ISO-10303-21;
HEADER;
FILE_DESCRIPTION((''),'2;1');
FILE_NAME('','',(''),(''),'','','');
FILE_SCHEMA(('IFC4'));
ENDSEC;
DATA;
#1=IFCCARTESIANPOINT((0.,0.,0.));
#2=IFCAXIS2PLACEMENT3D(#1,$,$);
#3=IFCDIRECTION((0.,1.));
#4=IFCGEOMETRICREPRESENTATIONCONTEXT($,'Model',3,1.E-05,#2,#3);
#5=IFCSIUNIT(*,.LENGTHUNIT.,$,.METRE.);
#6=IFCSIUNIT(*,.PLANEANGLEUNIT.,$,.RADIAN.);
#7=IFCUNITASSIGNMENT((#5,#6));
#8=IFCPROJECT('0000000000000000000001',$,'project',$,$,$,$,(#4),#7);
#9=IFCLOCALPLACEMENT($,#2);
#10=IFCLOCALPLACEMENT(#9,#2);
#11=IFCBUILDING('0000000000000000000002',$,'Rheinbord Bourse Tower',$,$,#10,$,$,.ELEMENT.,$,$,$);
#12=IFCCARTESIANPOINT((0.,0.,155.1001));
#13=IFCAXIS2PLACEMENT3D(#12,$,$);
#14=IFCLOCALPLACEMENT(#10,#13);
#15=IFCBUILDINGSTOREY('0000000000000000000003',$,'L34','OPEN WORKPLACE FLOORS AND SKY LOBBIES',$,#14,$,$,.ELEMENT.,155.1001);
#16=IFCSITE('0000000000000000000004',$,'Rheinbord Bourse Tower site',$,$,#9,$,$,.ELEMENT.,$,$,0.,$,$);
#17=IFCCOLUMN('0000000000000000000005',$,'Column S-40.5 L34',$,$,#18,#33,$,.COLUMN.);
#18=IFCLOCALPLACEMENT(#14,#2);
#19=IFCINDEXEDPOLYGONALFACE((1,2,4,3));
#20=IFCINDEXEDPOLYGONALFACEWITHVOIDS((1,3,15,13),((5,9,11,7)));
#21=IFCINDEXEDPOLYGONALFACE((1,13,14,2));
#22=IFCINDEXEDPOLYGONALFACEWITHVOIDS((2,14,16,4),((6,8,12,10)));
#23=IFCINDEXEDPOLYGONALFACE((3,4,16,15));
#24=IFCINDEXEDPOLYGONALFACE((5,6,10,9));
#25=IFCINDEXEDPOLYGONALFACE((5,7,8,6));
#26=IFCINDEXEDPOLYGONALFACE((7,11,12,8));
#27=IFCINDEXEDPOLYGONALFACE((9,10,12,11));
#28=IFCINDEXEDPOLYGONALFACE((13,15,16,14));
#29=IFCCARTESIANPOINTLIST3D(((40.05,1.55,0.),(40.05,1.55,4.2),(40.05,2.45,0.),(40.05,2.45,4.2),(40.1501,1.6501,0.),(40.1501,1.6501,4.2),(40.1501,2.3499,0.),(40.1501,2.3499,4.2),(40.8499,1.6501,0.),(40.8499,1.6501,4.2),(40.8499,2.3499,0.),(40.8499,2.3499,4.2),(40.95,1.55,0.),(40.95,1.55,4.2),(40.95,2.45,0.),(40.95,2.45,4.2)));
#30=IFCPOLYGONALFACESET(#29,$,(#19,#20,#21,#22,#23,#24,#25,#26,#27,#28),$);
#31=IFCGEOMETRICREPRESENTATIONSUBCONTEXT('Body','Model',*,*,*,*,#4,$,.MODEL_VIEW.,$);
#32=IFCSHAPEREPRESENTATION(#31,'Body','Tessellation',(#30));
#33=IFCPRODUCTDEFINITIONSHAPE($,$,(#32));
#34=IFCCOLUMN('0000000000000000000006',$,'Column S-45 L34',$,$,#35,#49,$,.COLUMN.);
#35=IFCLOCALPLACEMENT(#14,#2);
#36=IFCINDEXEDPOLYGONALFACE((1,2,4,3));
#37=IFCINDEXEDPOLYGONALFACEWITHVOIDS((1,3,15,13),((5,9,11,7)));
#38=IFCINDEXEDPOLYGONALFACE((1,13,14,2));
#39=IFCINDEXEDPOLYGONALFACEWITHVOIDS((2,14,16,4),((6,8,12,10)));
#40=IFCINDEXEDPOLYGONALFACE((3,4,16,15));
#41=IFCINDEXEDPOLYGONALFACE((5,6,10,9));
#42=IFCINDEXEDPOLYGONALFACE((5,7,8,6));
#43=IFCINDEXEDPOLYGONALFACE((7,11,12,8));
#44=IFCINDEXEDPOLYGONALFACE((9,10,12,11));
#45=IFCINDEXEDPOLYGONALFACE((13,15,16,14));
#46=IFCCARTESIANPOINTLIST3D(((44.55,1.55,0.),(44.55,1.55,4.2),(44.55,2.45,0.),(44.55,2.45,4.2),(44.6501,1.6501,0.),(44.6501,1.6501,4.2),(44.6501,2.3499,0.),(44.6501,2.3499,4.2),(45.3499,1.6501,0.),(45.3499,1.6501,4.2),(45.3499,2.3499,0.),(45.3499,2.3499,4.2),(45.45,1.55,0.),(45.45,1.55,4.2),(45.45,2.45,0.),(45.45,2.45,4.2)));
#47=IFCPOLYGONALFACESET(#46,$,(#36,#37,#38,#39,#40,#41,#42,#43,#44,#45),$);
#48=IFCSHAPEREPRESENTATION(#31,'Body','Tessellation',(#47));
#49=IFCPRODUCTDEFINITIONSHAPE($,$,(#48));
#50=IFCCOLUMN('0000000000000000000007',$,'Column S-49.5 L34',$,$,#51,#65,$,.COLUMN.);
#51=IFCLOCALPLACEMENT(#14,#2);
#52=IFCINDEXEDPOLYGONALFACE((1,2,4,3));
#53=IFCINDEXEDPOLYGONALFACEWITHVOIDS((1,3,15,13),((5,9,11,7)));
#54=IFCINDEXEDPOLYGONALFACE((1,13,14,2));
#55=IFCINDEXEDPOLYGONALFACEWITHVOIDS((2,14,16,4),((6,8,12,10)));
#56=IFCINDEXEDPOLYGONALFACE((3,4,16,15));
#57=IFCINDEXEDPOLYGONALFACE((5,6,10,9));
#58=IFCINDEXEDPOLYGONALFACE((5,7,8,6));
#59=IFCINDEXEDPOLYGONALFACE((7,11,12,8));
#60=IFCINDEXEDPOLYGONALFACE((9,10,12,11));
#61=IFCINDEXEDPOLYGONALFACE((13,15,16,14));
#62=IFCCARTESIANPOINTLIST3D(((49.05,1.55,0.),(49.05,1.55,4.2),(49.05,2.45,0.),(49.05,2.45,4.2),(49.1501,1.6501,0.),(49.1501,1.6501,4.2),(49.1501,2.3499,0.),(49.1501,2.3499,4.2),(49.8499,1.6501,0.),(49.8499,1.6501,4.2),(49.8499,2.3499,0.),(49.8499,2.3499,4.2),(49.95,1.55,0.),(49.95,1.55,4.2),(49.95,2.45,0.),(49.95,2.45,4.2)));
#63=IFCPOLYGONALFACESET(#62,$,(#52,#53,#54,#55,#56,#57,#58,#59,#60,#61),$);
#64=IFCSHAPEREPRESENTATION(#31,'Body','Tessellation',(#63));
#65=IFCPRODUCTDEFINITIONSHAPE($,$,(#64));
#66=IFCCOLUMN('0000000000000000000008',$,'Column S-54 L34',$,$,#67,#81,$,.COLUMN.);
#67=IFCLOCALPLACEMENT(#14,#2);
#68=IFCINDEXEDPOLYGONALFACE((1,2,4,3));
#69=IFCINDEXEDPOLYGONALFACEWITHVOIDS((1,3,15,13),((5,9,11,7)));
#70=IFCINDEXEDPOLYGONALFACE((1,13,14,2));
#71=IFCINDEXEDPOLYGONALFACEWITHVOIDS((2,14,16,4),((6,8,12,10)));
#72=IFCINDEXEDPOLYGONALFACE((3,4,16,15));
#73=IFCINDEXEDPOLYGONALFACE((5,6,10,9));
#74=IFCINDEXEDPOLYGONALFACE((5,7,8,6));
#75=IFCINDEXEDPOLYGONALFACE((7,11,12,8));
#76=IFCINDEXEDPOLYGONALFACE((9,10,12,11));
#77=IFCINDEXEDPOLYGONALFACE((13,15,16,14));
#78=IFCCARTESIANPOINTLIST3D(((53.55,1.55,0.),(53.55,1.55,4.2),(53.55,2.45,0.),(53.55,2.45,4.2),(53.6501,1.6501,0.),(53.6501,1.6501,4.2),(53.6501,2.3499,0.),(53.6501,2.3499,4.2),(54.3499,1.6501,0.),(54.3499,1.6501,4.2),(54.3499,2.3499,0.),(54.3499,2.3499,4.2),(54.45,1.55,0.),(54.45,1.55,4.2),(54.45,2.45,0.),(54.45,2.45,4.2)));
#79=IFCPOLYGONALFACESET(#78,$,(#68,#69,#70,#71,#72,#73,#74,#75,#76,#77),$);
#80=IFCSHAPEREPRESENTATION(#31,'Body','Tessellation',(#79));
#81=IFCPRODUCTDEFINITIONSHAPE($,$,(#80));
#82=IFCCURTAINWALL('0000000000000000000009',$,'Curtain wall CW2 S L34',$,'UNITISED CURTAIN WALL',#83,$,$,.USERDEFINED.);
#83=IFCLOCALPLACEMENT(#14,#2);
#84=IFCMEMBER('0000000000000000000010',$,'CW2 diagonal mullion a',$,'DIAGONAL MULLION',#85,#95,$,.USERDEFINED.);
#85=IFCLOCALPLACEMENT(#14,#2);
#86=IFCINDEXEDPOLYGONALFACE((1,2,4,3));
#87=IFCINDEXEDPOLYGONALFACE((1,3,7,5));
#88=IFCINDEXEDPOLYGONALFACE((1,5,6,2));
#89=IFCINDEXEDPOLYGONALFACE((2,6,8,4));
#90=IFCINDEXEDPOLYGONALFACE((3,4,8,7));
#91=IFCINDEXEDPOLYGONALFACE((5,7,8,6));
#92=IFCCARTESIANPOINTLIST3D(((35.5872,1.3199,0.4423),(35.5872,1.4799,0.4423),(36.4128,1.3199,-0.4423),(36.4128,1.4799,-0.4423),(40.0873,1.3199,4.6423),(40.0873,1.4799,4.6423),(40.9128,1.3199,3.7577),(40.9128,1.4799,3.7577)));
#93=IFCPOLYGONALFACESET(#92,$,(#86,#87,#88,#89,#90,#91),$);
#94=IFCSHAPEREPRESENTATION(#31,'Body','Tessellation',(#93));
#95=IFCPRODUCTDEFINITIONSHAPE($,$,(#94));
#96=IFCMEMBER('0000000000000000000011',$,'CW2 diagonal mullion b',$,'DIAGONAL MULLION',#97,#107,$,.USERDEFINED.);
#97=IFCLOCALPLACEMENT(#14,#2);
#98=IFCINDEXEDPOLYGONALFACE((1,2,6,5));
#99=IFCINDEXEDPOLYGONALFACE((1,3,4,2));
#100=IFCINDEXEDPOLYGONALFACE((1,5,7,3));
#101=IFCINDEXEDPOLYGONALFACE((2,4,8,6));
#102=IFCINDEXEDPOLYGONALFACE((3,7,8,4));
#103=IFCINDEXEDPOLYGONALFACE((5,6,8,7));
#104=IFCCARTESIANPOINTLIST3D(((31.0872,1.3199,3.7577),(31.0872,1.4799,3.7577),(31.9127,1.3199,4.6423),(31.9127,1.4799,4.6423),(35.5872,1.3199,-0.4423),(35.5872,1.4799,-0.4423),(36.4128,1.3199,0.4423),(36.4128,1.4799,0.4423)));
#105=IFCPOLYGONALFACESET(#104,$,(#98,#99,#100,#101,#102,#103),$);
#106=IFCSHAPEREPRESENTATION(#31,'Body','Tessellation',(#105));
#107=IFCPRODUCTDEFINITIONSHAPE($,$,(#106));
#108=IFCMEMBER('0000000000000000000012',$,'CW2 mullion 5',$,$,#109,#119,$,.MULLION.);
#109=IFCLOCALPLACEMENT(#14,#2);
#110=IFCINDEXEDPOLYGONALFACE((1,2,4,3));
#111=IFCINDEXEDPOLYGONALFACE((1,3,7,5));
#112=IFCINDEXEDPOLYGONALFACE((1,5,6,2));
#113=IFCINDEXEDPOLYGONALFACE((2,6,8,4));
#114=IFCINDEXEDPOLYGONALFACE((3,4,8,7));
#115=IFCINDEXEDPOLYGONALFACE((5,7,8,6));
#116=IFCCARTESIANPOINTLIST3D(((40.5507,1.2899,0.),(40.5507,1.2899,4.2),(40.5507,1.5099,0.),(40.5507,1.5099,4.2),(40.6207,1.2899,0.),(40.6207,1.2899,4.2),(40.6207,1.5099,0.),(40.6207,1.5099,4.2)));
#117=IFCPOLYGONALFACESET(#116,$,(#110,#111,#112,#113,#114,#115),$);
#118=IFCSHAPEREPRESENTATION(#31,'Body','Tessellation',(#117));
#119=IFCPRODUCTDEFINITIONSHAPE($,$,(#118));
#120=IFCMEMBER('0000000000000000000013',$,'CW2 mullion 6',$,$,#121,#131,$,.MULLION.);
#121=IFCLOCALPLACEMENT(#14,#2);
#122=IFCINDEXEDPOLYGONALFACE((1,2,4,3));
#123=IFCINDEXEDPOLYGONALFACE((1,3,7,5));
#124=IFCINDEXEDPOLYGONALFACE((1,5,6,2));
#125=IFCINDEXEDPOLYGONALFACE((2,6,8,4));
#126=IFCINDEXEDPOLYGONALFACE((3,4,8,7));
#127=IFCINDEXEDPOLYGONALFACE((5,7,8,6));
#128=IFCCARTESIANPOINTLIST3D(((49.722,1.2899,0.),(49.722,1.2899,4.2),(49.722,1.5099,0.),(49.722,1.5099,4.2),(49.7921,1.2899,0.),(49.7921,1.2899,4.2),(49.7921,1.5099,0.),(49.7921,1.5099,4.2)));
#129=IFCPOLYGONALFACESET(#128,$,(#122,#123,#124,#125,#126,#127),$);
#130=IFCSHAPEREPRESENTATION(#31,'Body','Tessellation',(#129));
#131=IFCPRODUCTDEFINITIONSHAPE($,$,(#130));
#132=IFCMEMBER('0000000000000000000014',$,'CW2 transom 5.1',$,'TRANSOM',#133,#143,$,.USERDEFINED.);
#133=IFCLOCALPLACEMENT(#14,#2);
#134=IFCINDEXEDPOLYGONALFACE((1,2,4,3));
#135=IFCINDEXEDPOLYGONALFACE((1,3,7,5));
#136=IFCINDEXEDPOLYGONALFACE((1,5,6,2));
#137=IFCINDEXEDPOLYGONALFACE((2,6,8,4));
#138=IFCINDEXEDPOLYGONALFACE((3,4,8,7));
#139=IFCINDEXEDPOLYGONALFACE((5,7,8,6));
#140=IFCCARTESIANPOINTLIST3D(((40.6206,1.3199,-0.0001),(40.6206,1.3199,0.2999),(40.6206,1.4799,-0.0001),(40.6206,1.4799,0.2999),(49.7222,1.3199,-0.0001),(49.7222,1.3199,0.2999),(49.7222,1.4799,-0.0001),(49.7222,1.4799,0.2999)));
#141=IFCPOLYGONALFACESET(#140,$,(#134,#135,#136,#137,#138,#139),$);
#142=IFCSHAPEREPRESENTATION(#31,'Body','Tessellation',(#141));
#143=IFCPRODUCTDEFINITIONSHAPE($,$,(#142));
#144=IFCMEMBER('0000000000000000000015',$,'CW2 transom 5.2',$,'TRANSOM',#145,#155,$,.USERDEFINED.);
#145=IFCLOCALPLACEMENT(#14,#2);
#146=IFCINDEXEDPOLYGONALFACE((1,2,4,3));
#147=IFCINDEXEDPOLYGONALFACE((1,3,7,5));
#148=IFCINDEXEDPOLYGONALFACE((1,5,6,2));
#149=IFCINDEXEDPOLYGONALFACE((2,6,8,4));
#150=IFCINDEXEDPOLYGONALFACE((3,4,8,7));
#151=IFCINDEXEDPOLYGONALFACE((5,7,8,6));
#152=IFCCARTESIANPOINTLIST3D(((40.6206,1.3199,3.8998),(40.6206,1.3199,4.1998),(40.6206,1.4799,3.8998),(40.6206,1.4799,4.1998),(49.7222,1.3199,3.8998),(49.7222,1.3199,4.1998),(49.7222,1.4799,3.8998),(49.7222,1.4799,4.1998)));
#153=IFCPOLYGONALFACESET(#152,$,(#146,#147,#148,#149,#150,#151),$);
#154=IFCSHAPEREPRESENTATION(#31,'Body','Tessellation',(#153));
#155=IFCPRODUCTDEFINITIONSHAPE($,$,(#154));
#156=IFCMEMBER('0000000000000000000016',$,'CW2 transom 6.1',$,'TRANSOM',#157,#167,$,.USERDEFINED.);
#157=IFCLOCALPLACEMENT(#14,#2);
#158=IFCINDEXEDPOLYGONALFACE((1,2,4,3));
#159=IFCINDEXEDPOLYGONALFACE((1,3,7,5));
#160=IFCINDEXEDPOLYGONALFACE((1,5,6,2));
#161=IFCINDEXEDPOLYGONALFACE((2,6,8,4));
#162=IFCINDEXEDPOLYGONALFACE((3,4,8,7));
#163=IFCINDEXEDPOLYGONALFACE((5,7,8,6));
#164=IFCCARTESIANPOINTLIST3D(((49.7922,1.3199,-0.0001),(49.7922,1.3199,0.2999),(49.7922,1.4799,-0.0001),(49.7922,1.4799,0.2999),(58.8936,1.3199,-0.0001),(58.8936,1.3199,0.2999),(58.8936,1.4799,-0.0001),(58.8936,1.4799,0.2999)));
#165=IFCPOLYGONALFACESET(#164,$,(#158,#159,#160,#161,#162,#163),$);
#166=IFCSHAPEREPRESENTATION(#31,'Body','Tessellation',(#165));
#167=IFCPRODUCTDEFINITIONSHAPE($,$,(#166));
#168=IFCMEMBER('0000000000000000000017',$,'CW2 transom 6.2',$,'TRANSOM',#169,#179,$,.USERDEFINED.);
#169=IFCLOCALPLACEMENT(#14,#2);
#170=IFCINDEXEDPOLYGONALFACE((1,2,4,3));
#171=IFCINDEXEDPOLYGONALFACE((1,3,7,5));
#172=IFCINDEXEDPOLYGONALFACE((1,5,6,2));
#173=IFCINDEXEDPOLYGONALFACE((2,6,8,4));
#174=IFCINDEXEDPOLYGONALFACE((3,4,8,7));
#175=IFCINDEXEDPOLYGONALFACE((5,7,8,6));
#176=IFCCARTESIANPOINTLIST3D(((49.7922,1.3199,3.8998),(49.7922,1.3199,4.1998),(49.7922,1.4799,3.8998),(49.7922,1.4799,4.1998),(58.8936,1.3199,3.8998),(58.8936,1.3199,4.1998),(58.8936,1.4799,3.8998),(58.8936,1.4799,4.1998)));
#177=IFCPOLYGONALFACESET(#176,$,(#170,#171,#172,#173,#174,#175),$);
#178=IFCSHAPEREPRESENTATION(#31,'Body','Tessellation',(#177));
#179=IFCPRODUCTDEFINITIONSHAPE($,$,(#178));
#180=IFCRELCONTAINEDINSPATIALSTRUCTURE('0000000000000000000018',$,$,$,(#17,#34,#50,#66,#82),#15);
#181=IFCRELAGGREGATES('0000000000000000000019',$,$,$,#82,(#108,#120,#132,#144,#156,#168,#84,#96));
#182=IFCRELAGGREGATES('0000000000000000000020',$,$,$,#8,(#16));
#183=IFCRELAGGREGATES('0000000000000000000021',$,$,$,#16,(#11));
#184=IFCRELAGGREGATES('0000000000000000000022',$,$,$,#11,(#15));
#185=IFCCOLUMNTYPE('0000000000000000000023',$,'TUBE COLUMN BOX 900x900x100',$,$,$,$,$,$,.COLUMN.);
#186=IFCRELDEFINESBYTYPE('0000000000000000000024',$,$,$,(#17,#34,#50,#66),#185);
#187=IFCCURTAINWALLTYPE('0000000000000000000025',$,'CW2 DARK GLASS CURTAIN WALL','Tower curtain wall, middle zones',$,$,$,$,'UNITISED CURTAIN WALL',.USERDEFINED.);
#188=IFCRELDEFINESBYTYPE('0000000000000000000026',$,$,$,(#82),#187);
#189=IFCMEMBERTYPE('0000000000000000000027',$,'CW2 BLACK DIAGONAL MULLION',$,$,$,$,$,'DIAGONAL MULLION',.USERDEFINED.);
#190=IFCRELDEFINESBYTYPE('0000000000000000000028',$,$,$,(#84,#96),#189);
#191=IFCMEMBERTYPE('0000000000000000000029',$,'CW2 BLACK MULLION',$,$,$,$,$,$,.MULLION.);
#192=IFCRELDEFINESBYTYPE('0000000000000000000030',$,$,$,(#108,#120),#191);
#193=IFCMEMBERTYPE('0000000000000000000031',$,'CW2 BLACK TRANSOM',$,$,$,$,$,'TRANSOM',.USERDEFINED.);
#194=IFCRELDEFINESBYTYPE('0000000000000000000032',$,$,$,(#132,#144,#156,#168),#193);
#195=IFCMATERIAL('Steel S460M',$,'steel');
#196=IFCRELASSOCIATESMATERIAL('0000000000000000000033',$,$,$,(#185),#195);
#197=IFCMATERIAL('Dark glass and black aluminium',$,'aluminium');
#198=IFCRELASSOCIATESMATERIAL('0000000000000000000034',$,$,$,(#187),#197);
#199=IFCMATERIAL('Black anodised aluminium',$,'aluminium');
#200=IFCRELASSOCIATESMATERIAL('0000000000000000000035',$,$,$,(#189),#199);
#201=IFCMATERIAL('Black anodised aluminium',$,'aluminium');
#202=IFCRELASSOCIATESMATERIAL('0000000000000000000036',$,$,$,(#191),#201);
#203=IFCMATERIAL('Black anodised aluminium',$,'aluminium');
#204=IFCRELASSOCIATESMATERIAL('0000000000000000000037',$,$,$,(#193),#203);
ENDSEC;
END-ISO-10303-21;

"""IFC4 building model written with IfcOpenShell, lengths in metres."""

from ifc_helpers import new_model, si_unit, direction, frame, origin, origin_2d, place, context, subcontext, project, spatial, rectangle, hollow_rectangle, extrude, material, material_profile, profile_set, type_object, element, aggregate, save


model = new_model("IFC4")

# Units and contexts
model_context = context("Model", 3, precision=1e-05, world=origin(), true_north=direction((0.0, 1.0)))
body_context = subcontext(model_context, "Body", "Model", "MODEL_VIEW")
ifc_project = project(units=[si_unit("LENGTHUNIT", "METRE"), si_unit("PLANEANGLEUNIT", "RADIAN")], contexts=[model_context])

# Site, building, storey
site_placement = place(None, origin())
site = spatial("IfcSite", under=ifc_project, at=site_placement, Name="Rheinbord Bourse Tower site", CompositionType="ELEMENT", RefElevation=0.0)
building_placement = place(site_placement, origin())
building = spatial("IfcBuilding", under=site, at=building_placement, Name="Rheinbord Bourse Tower", CompositionType="ELEMENT")
storey_placement = place(building_placement, frame((0.0, 0.0, 155.1001)))
storey = spatial("IfcBuildingStorey", under=building, at=storey_placement, Name="L34", Description="OPEN WORKPLACE FLOORS AND SKY LOBBIES", CompositionType="ELEMENT", Elevation=155.1001)

# Columns
ifc_material_1 = material(Name="Steel S460M", Category="steel")
ifc_material_profile_1 = material_profile(ifc_material_1, hollow_rectangle(XDim=0.8999, YDim=0.8999, WallThickness=0.1001, at=origin_2d()), Name="BOX 900x900x100")
ifc_profile_set_1 = profile_set([ifc_material_profile_1], Name="Steel S460M")
column_type = type_object("IfcColumnType", Name="TUBE COLUMN BOX 900x900x100", PredefinedType="COLUMN", material=ifc_profile_set_1)
for number, where, z_axis, x_axis, name in (
    (1, (40.5, 2.0, 0.0), (0.0, 0.0, 1.0), (0.0, 1.0, 0.0), "Column S-40.5 L34"),
    (2, (45.0, 2.0, 0.0), (0.0, 0.0, 1.0), (0.0, 1.0, 0.0), "Column S-45 L34"),
    (3, (49.5, 2.0, 0.0), (0.0, 0.0, 1.0), (0.0, 1.0, 0.0), "Column S-49.5 L34"),
    (4, (54.0, 2.0, 0.0), (0.0, 0.0, 1.0), (0.0, 1.0, 0.0), "Column S-54 L34"),
):
    element("IfcColumn", number, at=place(storey_placement, frame(where, z_axis=z_axis, x_axis=x_axis)), inside=storey, type_object=column_type, Name=name, PredefinedType="COLUMN", context=body_context, shape_type="SweptSolid", body=[
        extrude(hollow_rectangle(XDim=0.8999, YDim=0.8999, WallThickness=0.1001, at=origin_2d()), origin(), (0.0, 0.0, 1.0), 4.2),
    ])

# Curtain wall, members
ifc_material_2 = material(Name="Dark glass and black aluminium", Category="aluminium")
curtain_wall_type = type_object("IfcCurtainWallType", Name="CW2 DARK GLASS CURTAIN WALL", Description="Tower curtain wall, middle zones", ElementType="UNITISED CURTAIN WALL", PredefinedType="USERDEFINED", material=ifc_material_2)
curtain_wall_placement = place(storey_placement, origin())
curtain_wall = element("IfcCurtainWall", 5, at=curtain_wall_placement, inside=storey, type_object=curtain_wall_type, Name="Curtain wall CW2 S L34", ObjectType="UNITISED CURTAIN WALL", PredefinedType="USERDEFINED")
ifc_material_3 = material(Name="Black anodised aluminium", Category="aluminium")
ifc_material_profile_2 = material_profile(ifc_material_3, rectangle(XDim=0.1599, YDim=1.21, at=origin_2d()), Name="CW2 DIAGONAL MULLION 1210x160")
ifc_profile_set_2 = profile_set([ifc_material_profile_2], Name="Black anodised aluminium")
member_type_1 = type_object("IfcMemberType", Name="CW2 BLACK DIAGONAL MULLION", ElementType="DIAGONAL MULLION", PredefinedType="USERDEFINED", material=ifc_profile_set_2)
member_1_placement = place(storey_placement, frame((36.0, 1.3999, 0.0), z_axis=(0.731059, 0.0, 0.682314), x_axis=(0.0, 1.0, 0.0)))
member_1 = element("IfcMember", 6, at=member_1_placement, type_object=member_type_1, Name="CW2 diagonal mullion a", ObjectType="DIAGONAL MULLION", PredefinedType="USERDEFINED", context=body_context, shape_type="SweptSolid", body=[
    extrude(rectangle(XDim=0.1599, YDim=1.21, at=origin_2d()), origin(), (0.0, 0.0, 1.0), 6.1555),
])
member_2_placement = place(storey_placement, frame((36.0, 1.3999, 0.0), z_axis=(-0.731059, 0.0, 0.682314), x_axis=(0.0, -1.0, 0.0)))
member_2 = element("IfcMember", 7, at=member_2_placement, type_object=member_type_1, Name="CW2 diagonal mullion b", ObjectType="DIAGONAL MULLION", PredefinedType="USERDEFINED", context=body_context, shape_type="SweptSolid", body=[
    extrude(rectangle(XDim=0.1599, YDim=1.21, at=origin_2d()), origin(), (0.0, 0.0, 1.0), 6.1555),
])
ifc_material_4 = material(Name="Black anodised aluminium", Category="aluminium")
ifc_material_profile_3 = material_profile(ifc_material_4, rectangle(XDim=0.22, YDim=0.0701, at=origin_2d()), Name="CW2 MULLION 70x220")
ifc_profile_set_3 = profile_set([ifc_material_profile_3], Name="Black anodised aluminium")
member_type_2 = type_object("IfcMemberType", Name="CW2 BLACK MULLION", PredefinedType="MULLION", material=ifc_profile_set_3)
member_3_placement = place(storey_placement, frame((40.5857, 1.3999, 0.0), z_axis=(0.0, 0.0, 1.0), x_axis=(0.0, 1.0, 0.0)))
member_3 = element("IfcMember", 8, at=member_3_placement, type_object=member_type_2, Name="CW2 mullion 5", PredefinedType="MULLION", context=body_context, shape_type="SweptSolid", body=[
    extrude(rectangle(XDim=0.22, YDim=0.0701, at=origin_2d()), origin(), (0.0, 0.0, 1.0), 4.2),
])
member_4_placement = place(storey_placement, frame((49.7571, 1.3999, 0.0), z_axis=(0.0, 0.0, 1.0), x_axis=(0.0, 1.0, 0.0)))
member_4 = element("IfcMember", 9, at=member_4_placement, type_object=member_type_2, Name="CW2 mullion 6", PredefinedType="MULLION", context=body_context, shape_type="SweptSolid", body=[
    extrude(rectangle(XDim=0.22, YDim=0.0701, at=origin_2d()), origin(), (0.0, 0.0, 1.0), 4.2),
])
ifc_material_5 = material(Name="Black anodised aluminium", Category="aluminium")
ifc_material_profile_4 = material_profile(ifc_material_5, rectangle(XDim=0.1599, YDim=0.3, at=origin_2d()), Name="CW2 TRANSOM 300x160")
ifc_profile_set_4 = profile_set([ifc_material_profile_4], Name="Black anodised aluminium")
member_type_3 = type_object("IfcMemberType", Name="CW2 BLACK TRANSOM", ElementType="TRANSOM", PredefinedType="USERDEFINED", material=ifc_profile_set_4)
member_5_placement = place(storey_placement, frame((40.6206, 1.3999, 0.1499), z_axis=(1.0, 0.0, 0.0), x_axis=(0.0, 1.0, 0.0)))
member_5 = element("IfcMember", 10, at=member_5_placement, type_object=member_type_3, Name="CW2 transom 5.1", ObjectType="TRANSOM", PredefinedType="USERDEFINED", context=body_context, shape_type="SweptSolid", body=[
    extrude(rectangle(XDim=0.1599, YDim=0.3, at=origin_2d()), origin(), (0.0, 0.0, 1.0), 9.1016),
])
member_6_placement = place(storey_placement, frame((40.6206, 1.3999, 4.0498), z_axis=(1.0, 0.0, 0.0), x_axis=(0.0, 1.0, 0.0)))
member_6 = element("IfcMember", 11, at=member_6_placement, type_object=member_type_3, Name="CW2 transom 5.2", ObjectType="TRANSOM", PredefinedType="USERDEFINED", context=body_context, shape_type="SweptSolid", body=[
    extrude(rectangle(XDim=0.1599, YDim=0.3, at=origin_2d()), origin(), (0.0, 0.0, 1.0), 9.1016),
])
member_7_placement = place(storey_placement, frame((49.7922, 1.3999, 0.1499), z_axis=(1.0, 0.0, 0.0), x_axis=(0.0, 1.0, 0.0)))
member_7 = element("IfcMember", 12, at=member_7_placement, type_object=member_type_3, Name="CW2 transom 6.1", ObjectType="TRANSOM", PredefinedType="USERDEFINED", context=body_context, shape_type="SweptSolid", body=[
    extrude(rectangle(XDim=0.1599, YDim=0.3, at=origin_2d()), origin(), (0.0, 0.0, 1.0), 9.1013),
])
member_8_placement = place(storey_placement, frame((49.7922, 1.3999, 4.0498), z_axis=(1.0, 0.0, 0.0), x_axis=(0.0, 1.0, 0.0)))
member_8 = element("IfcMember", 13, at=member_8_placement, type_object=member_type_3, Name="CW2 transom 6.2", ObjectType="TRANSOM", PredefinedType="USERDEFINED", context=body_context, shape_type="SweptSolid", body=[
    extrude(rectangle(XDim=0.1599, YDim=0.3, at=origin_2d()), origin(), (0.0, 0.0, 1.0), 9.1013),
])

aggregate(curtain_wall, [member_3, member_4, member_5, member_6, member_7, member_8, member_1, member_2])

save(model, "model.ifc")
